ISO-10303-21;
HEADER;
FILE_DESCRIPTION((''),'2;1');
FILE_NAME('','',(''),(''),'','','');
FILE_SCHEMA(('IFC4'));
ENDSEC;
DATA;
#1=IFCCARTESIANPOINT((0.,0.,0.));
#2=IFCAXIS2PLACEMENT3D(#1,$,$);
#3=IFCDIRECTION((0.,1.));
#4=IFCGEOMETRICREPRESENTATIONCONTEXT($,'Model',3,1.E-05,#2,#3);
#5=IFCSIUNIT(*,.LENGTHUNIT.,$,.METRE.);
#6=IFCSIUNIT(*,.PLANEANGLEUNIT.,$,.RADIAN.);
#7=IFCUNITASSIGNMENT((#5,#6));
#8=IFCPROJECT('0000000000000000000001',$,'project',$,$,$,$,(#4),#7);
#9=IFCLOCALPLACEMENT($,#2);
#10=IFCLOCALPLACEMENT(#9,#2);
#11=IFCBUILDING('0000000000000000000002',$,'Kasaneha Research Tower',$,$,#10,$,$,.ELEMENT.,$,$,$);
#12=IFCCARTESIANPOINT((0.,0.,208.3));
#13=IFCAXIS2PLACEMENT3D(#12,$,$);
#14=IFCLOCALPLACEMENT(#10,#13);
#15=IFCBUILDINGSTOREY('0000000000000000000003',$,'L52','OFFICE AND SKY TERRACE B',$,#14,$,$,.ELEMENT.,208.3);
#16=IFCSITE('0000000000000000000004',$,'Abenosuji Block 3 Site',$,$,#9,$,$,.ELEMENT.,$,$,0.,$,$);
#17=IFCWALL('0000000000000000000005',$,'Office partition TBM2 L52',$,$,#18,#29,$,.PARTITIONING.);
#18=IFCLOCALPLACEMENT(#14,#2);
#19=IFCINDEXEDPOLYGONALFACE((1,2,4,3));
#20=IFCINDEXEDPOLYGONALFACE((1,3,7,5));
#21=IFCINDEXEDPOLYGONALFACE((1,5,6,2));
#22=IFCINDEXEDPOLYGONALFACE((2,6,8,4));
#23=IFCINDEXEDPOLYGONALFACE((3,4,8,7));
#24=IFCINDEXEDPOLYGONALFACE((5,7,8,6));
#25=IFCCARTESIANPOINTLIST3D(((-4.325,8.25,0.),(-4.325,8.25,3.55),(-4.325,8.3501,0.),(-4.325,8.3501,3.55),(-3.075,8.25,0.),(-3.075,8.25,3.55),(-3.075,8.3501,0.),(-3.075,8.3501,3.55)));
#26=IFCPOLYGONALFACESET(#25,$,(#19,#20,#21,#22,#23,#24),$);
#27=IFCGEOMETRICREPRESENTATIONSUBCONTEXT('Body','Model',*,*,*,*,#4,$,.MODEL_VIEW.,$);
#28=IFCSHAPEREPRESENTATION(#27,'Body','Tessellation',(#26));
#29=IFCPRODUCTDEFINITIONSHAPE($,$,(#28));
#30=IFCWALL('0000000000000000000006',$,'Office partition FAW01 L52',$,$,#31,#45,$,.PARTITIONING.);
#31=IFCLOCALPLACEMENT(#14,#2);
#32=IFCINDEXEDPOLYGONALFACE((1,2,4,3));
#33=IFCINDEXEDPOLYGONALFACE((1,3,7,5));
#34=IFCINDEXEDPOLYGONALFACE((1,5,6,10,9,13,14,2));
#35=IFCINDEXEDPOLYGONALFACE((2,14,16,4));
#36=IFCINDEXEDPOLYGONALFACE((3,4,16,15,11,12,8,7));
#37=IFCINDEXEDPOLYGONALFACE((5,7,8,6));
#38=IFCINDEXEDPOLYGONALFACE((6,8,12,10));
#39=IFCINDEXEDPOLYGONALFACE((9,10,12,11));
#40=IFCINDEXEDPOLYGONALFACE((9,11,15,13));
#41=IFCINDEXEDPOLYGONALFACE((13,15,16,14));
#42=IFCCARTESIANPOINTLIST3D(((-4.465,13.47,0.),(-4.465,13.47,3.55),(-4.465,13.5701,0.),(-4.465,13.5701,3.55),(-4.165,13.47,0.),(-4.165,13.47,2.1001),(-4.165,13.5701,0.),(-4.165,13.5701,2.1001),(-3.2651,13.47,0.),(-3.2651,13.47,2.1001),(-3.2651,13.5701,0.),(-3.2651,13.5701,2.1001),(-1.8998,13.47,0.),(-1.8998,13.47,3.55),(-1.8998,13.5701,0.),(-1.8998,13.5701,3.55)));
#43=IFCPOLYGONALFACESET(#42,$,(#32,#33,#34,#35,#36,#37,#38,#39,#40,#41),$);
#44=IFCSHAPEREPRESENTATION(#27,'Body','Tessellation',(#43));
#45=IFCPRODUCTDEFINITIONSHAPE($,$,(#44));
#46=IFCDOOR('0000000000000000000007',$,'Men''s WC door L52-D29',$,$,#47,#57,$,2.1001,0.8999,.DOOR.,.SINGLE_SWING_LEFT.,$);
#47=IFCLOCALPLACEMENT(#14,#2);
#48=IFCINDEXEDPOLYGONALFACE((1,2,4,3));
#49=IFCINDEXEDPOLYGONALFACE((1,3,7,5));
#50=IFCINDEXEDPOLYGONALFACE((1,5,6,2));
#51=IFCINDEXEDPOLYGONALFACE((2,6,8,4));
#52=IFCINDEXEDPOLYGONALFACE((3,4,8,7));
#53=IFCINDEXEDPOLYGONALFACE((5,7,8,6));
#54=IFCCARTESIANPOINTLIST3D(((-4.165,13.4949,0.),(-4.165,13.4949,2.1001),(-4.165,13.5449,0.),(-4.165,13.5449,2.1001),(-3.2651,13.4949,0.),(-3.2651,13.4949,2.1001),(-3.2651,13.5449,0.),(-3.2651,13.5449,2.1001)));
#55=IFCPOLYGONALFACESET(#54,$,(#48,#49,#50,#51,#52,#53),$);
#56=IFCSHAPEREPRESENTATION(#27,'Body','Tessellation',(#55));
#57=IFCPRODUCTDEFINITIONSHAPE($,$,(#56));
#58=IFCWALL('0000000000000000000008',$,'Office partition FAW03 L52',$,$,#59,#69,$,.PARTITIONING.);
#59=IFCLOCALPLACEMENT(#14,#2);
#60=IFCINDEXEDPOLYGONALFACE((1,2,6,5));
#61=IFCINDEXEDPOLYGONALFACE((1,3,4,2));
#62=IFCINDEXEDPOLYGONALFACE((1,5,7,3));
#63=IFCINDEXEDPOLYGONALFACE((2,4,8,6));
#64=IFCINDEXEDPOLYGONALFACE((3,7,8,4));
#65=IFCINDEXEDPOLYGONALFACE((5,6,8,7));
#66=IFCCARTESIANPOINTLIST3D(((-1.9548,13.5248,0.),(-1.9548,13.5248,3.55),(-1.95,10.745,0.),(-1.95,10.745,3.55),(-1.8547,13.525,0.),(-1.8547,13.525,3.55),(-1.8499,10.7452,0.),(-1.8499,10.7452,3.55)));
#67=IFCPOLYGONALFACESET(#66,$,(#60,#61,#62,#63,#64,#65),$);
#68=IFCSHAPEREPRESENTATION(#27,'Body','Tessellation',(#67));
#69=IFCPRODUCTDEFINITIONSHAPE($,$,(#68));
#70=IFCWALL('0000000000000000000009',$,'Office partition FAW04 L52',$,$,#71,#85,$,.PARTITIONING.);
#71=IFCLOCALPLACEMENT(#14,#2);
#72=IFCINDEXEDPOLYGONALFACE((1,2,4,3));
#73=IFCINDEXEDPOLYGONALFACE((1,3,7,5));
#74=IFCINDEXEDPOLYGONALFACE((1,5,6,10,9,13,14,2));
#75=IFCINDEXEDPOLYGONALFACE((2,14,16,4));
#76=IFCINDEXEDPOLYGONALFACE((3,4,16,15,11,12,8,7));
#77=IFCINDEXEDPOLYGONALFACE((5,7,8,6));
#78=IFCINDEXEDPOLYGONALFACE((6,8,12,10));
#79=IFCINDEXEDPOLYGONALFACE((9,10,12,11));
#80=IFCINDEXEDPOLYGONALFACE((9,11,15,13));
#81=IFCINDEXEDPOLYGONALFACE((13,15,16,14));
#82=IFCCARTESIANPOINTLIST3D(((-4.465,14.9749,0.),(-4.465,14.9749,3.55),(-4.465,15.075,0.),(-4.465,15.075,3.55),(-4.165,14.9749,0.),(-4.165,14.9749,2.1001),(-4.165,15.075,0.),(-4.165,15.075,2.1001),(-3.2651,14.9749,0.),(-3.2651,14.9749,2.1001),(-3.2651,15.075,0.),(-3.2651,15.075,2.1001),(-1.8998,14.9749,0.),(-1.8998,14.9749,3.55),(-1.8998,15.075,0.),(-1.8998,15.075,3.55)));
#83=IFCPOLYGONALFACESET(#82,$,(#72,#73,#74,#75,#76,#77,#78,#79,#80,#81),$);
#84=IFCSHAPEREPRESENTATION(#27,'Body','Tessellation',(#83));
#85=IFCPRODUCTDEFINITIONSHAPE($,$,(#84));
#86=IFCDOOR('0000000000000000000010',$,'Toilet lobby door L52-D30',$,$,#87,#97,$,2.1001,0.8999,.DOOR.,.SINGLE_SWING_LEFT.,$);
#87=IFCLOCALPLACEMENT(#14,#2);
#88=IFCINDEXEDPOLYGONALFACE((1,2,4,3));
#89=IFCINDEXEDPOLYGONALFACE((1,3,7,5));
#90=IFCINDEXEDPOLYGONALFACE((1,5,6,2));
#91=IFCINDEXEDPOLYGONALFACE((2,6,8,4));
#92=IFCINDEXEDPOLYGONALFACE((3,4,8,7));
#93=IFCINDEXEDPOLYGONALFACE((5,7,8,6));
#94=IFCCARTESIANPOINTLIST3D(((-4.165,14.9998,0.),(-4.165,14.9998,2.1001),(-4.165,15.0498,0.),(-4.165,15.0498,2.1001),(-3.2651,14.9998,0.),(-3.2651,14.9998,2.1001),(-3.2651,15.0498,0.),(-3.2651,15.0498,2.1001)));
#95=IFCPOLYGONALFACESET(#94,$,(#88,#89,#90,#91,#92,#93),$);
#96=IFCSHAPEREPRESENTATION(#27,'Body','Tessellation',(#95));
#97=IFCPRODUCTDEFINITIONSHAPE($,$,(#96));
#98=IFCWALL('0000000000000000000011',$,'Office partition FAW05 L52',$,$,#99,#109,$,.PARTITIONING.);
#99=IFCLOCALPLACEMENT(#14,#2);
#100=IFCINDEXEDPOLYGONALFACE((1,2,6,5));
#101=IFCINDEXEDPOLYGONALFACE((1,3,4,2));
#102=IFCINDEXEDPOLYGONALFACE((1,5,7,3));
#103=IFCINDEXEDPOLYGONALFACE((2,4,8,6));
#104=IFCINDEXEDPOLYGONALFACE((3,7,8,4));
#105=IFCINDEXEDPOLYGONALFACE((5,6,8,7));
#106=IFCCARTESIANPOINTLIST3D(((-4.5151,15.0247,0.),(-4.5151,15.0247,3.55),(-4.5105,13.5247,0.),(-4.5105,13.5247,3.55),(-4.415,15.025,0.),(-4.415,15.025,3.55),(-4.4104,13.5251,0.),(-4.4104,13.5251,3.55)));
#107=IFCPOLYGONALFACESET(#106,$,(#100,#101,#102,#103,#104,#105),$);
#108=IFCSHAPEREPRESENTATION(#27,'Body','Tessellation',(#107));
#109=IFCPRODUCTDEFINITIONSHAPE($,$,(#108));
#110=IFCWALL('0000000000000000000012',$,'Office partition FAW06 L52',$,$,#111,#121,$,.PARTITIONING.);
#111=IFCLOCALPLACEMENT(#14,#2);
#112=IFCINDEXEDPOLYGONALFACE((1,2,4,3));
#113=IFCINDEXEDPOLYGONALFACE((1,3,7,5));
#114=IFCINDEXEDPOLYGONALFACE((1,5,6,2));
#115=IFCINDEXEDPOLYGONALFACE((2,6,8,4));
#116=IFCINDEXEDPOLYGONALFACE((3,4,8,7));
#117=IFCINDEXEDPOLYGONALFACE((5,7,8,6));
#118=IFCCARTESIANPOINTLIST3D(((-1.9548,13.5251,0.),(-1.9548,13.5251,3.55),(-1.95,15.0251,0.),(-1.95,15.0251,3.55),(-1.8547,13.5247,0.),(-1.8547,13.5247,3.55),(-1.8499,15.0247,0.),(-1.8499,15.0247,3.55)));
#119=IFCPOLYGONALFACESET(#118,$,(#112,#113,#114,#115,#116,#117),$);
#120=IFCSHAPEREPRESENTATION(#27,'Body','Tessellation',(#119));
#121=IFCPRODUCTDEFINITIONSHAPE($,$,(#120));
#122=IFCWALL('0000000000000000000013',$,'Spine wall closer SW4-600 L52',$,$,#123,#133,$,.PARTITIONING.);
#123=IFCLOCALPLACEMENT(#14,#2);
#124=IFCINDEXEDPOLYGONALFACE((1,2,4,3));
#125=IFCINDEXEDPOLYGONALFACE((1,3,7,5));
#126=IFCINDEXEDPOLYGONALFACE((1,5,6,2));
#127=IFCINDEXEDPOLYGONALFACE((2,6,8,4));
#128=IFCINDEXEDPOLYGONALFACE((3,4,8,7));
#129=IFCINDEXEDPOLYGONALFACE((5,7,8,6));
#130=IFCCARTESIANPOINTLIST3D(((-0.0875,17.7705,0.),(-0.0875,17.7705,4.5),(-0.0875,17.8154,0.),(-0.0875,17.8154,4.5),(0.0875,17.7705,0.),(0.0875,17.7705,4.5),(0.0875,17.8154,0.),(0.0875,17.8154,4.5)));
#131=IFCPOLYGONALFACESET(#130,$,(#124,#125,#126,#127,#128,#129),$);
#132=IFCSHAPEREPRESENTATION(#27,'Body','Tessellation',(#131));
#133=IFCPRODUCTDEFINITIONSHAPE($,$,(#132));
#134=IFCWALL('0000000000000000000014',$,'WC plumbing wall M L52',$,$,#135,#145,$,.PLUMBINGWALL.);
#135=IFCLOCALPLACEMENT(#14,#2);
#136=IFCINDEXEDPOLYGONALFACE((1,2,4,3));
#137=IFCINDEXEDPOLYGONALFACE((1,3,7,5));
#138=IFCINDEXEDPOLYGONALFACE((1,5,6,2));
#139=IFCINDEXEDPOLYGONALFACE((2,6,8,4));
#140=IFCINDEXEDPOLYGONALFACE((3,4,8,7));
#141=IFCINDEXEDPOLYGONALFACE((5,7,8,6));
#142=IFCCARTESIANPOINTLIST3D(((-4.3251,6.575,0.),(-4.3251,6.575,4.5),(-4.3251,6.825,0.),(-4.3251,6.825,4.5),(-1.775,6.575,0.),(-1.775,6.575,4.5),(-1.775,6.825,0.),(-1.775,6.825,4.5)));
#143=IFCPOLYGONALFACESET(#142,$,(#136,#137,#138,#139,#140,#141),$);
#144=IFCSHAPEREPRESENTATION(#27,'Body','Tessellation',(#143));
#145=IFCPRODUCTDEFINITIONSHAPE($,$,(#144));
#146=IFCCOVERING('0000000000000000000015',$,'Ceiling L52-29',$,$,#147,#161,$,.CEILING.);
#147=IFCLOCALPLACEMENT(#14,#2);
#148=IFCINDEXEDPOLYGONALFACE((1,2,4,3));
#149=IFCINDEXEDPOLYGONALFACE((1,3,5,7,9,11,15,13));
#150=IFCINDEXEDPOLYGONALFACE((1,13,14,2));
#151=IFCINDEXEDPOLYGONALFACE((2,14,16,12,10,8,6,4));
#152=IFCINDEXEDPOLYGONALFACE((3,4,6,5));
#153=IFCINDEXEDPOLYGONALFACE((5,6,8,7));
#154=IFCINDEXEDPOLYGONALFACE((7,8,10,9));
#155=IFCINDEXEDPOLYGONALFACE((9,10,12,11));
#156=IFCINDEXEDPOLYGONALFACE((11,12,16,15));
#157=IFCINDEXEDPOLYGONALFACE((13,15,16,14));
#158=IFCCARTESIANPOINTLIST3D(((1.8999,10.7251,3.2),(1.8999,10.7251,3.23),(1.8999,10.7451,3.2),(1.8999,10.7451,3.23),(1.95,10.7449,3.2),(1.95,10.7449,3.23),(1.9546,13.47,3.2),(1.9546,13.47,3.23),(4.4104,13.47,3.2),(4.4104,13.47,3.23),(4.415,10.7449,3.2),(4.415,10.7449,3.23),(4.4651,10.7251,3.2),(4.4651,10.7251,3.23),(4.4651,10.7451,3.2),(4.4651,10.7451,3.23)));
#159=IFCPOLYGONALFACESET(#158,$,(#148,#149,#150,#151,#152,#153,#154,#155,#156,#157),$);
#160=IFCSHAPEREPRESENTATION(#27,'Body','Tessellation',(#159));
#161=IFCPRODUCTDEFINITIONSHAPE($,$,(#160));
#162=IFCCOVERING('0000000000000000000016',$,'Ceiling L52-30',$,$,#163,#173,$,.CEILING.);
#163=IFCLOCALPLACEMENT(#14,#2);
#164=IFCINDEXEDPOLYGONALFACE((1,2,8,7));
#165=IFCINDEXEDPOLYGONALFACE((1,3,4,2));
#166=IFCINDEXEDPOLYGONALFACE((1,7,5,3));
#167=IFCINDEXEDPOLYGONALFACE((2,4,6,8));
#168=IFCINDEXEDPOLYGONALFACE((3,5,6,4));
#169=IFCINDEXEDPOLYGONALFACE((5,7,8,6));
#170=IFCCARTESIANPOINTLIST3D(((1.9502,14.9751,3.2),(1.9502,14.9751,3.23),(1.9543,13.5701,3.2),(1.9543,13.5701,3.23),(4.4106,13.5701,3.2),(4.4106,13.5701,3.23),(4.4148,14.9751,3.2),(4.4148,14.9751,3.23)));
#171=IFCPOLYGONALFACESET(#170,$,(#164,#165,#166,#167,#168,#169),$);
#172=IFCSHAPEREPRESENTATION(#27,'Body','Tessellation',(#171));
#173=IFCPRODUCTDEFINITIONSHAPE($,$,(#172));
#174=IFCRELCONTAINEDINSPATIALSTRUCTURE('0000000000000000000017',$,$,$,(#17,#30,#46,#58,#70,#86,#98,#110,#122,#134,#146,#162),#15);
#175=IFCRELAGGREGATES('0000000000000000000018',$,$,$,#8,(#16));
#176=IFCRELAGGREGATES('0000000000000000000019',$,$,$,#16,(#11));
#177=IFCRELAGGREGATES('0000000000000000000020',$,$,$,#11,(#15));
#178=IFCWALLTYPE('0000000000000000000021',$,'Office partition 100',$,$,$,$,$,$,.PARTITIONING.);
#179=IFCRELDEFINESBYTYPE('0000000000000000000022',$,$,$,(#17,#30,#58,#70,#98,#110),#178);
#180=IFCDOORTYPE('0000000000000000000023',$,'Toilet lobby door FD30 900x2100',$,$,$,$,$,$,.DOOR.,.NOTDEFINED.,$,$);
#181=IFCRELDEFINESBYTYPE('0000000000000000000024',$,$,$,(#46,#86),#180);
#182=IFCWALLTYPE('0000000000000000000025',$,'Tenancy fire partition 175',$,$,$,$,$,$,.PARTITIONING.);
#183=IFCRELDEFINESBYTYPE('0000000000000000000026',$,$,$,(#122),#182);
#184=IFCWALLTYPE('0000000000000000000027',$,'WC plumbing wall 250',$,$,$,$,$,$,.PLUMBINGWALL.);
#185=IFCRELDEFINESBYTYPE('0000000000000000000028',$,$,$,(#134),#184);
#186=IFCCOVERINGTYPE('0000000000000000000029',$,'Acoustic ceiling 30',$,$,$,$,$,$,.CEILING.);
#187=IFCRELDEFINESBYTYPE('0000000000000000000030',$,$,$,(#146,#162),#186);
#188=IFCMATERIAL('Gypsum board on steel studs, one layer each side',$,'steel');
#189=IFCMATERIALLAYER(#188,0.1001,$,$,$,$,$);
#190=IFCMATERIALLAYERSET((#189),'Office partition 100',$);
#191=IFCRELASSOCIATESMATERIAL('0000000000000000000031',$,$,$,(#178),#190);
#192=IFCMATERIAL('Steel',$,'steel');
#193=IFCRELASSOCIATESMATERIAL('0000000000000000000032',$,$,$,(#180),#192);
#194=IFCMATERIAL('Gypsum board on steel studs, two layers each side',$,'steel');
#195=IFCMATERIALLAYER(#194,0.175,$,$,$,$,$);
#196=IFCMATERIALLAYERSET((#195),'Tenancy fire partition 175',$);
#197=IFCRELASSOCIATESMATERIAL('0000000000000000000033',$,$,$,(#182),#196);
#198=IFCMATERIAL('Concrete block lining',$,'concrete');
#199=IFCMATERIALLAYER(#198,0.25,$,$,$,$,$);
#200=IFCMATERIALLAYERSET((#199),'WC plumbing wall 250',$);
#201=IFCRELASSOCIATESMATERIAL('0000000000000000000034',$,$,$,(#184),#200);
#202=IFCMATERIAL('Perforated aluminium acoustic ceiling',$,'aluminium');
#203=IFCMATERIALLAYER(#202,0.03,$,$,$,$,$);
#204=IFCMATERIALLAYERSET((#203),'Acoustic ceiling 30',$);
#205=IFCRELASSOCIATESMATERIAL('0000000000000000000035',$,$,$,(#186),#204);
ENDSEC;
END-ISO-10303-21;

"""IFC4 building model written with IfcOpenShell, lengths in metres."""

from ifc_helpers import new_model, si_unit, direction, frame, frame_2d, origin, place, context, subcontext, project, spatial, polyline, rectangle, outline, extrude, material, layer, layer_set, type_object, element, fill, save


model = new_model("IFC4")

# Units and contexts
model_context = context("Model", 3, precision=1e-05, world=origin(), true_north=direction((0.0, 1.0)))
body_context = subcontext(model_context, "Body", "Model", "MODEL_VIEW")
ifc_project = project(units=[si_unit("LENGTHUNIT", "METRE"), si_unit("PLANEANGLEUNIT", "RADIAN")], contexts=[model_context])

# Site, building, storey
site_placement = place(None, origin())
site = spatial("IfcSite", under=ifc_project, at=site_placement, Name="Abenosuji Block 3 Site", CompositionType="ELEMENT", RefElevation=0.0)
building_placement = place(site_placement, origin())
building = spatial("IfcBuilding", under=site, at=building_placement, Name="Kasaneha Research Tower", CompositionType="ELEMENT")
storey_placement = place(building_placement, frame((0.0, 0.0, 208.3)))
storey = spatial("IfcBuildingStorey", under=building, at=storey_placement, Name="L52", Description="OFFICE AND SKY TERRACE B", CompositionType="ELEMENT", Elevation=208.3)

# Shared definitions
ifc_material_1 = material(Name="Gypsum board on steel studs, one layer each side", Category="steel")
ifc_layer_1 = layer(ifc_material_1, 0.1001)
ifc_layer_set_1 = layer_set([ifc_layer_1], Name="Office partition 100")
wall_type_1 = type_object("IfcWallType", Name="Office partition 100", PredefinedType="PARTITIONING", material=ifc_layer_set_1)
ifc_material_2 = material(Name="Steel", Category="steel")
door_type_1 = type_object("IfcDoorType", Name="Toilet lobby door FD30 900x2100", OperationType="NOTDEFINED", PredefinedType="DOOR", material=ifc_material_2)

# Wall
wall_1_placement = place(storey_placement, frame((-3.075, 8.3, 0.0), z_axis=(0.0, 0.0, 1.0), x_axis=(-1.0, 0.0, 0.0)))
element("IfcWall", 1, at=wall_1_placement, inside=storey, type_object=wall_type_1, Name="Office partition TBM2 L52", PredefinedType="PARTITIONING", context=body_context, shape_type="SweptSolid", body=[
    extrude(rectangle(XDim=1.25, YDim=0.1001, at=frame_2d((0.625, 0.0))), origin(), (0.0, 0.0, 1.0), 3.55),
])

# Wall, opening, door
wall_2_placement = place(storey_placement, frame((-4.4651, 13.52, 0.0), z_axis=(0.0, 0.0, 1.0), x_axis=(1.0, 0.0, 0.0)))
wall_2 = element("IfcWall", 2, at=wall_2_placement, inside=storey, type_object=wall_type_1, Name="Office partition FAW01 L52", PredefinedType="PARTITIONING", context=body_context, shape_type="SweptSolid", body=[
    extrude(rectangle(XDim=2.5652, YDim=0.1001, at=frame_2d((1.2827, 0.0))), origin(), (0.0, 0.0, 1.0), 3.55),
])
opening_1_placement = place(wall_2_placement, frame((0.3, 0.0, 0.0)))
opening_1 = element("IfcOpeningElement", 3, at=opening_1_placement, cuts=wall_2, PredefinedType="OPENING", context=body_context, shape_type="SweptSolid", body=[
    extrude(rectangle(XDim=0.8999, YDim=2.1001, at=frame_2d((0.45, 1.05))), frame((0.0, 0.0601, 0.0), z_axis=(0.0, -1.0, 0.0), x_axis=(1.0, 0.0, 0.0)), (0.0, 0.0, 1.0), 0.1201),
])
door_1_placement = place(opening_1_placement, origin())
door_1 = element("IfcDoor", 4, at=door_1_placement, inside=storey, type_object=door_type_1, Name="Men's WC door L52-D29", OperationType="SINGLE_SWING_LEFT", OverallHeight=2.1001, OverallWidth=0.8999, PredefinedType="DOOR", context=body_context, shape_type="SweptSolid", body=[
    extrude(rectangle(XDim=0.8999, YDim=2.1001, at=frame_2d((0.45, 1.05))), frame((0.0, 0.0249, 0.0), z_axis=(0.0, -1.0, 0.0), x_axis=(1.0, 0.0, 0.0)), (0.0, 0.0, 1.0), 0.05),
])
fill(opening_1, door_1)

# Wall
wall_3_placement = place(storey_placement, frame((-1.9048, 13.5249, 0.0), z_axis=(0.0, 0.0, 1.0), x_axis=(0.001757, -0.999998, 0.0)))
element("IfcWall", 5, at=wall_3_placement, inside=storey, type_object=wall_type_1, Name="Office partition FAW03 L52", PredefinedType="PARTITIONING", context=body_context, shape_type="SweptSolid", body=[
    extrude(rectangle(XDim=2.7798, YDim=0.1001, at=frame_2d((1.3899, 0.0))), origin(), (0.0, 0.0, 1.0), 3.55),
])

# Wall, opening, door
wall_4_placement = place(storey_placement, frame((-4.4651, 15.0249, 0.0), z_axis=(0.0, 0.0, 1.0), x_axis=(1.0, 0.0, 0.0)))
wall_4 = element("IfcWall", 6, at=wall_4_placement, inside=storey, type_object=wall_type_1, Name="Office partition FAW04 L52", PredefinedType="PARTITIONING", context=body_context, shape_type="SweptSolid", body=[
    extrude(rectangle(XDim=2.5652, YDim=0.1001, at=frame_2d((1.2827, 0.0))), origin(), (0.0, 0.0, 1.0), 3.55),
])
opening_2_placement = place(wall_4_placement, frame((0.3, 0.0, 0.0)))
opening_2 = element("IfcOpeningElement", 7, at=opening_2_placement, cuts=wall_4, PredefinedType="OPENING", context=body_context, shape_type="SweptSolid", body=[
    extrude(rectangle(XDim=0.8999, YDim=2.1001, at=frame_2d((0.45, 1.05))), frame((0.0, 0.0601, 0.0), z_axis=(0.0, -1.0, 0.0), x_axis=(1.0, 0.0, 0.0)), (0.0, 0.0, 1.0), 0.1201),
])
door_2_placement = place(opening_2_placement, origin())
door_2 = element("IfcDoor", 8, at=door_2_placement, inside=storey, type_object=door_type_1, Name="Toilet lobby door L52-D30", OperationType="SINGLE_SWING_LEFT", OverallHeight=2.1001, OverallWidth=0.8999, PredefinedType="DOOR", context=body_context, shape_type="SweptSolid", body=[
    extrude(rectangle(XDim=0.8999, YDim=2.1001, at=frame_2d((0.45, 1.05))), frame((0.0, 0.0249, 0.0), z_axis=(0.0, -1.0, 0.0), x_axis=(1.0, 0.0, 0.0)), (0.0, 0.0, 1.0), 0.05),
])
fill(opening_2, door_2)

# Walls
for number, where, z_axis, x_axis, name in (
    (9, (-4.4604, 13.5249, 0.0), (0.0, 0.0, 1.0), (-0.003092, 0.999995, 0.0), "Office partition FAW05 L52"),
    (10, (-1.8999, 15.0249, 0.0), (0.0, 0.0, 1.0), (-0.003255, -0.999995, 0.0), "Office partition FAW06 L52"),
):
    element("IfcWall", number, at=place(storey_placement, frame(where, z_axis=z_axis, x_axis=x_axis)), inside=storey, type_object=wall_type_1, Name=name, PredefinedType="PARTITIONING", context=body_context, shape_type="SweptSolid", body=[
        extrude(rectangle(XDim=1.5, YDim=0.1001, at=frame_2d((0.75, 0.0))), origin(), (0.0, 0.0, 1.0), 3.55),
    ])
ifc_material_3 = material(Name="Gypsum board on steel studs, two layers each side", Category="steel")
ifc_layer_2 = layer(ifc_material_3, 0.175)
ifc_layer_set_2 = layer_set([ifc_layer_2], Name="Tenancy fire partition 175")
wall_type_2 = type_object("IfcWallType", Name="Tenancy fire partition 175", PredefinedType="PARTITIONING", material=ifc_layer_set_2)
wall_5_placement = place(storey_placement, frame((0.0, 17.7705, 0.0), z_axis=(0.0, 0.0, 1.0), x_axis=(0.0, 1.0, 0.0)))
element("IfcWall", 11, at=wall_5_placement, inside=storey, type_object=wall_type_2, Name="Spine wall closer SW4-600 L52", PredefinedType="PARTITIONING", context=body_context, shape_type="SweptSolid", body=[
    extrude(rectangle(XDim=0.0449, YDim=0.175, at=frame_2d((0.0225, 0.0))), origin(), (0.0, 0.0, 1.0), 4.5),
])
ifc_material_4 = material(Name="Concrete block lining", Category="concrete")
ifc_layer_3 = layer(ifc_material_4, 0.25)
ifc_layer_set_3 = layer_set([ifc_layer_3], Name="WC plumbing wall 250")
wall_type_3 = type_object("IfcWallType", Name="WC plumbing wall 250", PredefinedType="PLUMBINGWALL", material=ifc_layer_set_3)
wall_6_placement = place(storey_placement, frame((-4.325, 6.7, 0.0), z_axis=(0.0, 0.0, 1.0), x_axis=(1.0, 0.0, 0.0)))
element("IfcWall", 12, at=wall_6_placement, inside=storey, type_object=wall_type_3, Name="WC plumbing wall M L52", PredefinedType="PLUMBINGWALL", context=body_context, shape_type="SweptSolid", body=[
    extrude(rectangle(XDim=2.55, YDim=0.25, at=frame_2d((1.2749, 0.0))), origin(), (0.0, 0.0, 1.0), 4.5),
])

# Coverings
ifc_material_5 = material(Name="Perforated aluminium acoustic ceiling", Category="aluminium")
ifc_layer_4 = layer(ifc_material_5, 0.03)
ifc_layer_set_4 = layer_set([ifc_layer_4], Name="Acoustic ceiling 30")
covering_type_1 = type_object("IfcCoveringType", Name="Acoustic ceiling 30", PredefinedType="CEILING", material=ifc_layer_set_4)
covering_1_placement = place(storey_placement, frame((0.0, 0.0, 3.2)))
element("IfcCovering", 13, at=covering_1_placement, inside=storey, type_object=covering_type_1, Name="Ceiling L52-29", PredefinedType="CEILING", context=body_context, shape_type="SweptSolid", body=[
    extrude(outline(polyline([(1.8999, 10.7251), (1.8999, 10.7451), (1.95, 10.7449), (1.9546, 13.47), (4.4104, 13.47), (4.415, 10.7449), (4.4651, 10.7451), (4.4651, 10.7251), (1.8999, 10.7251)])), origin(), (0.0, 0.0, 1.0), 0.03),
])
covering_2_placement = place(storey_placement, frame((0.0, 0.0, 3.2)))
element("IfcCovering", 14, at=covering_2_placement, inside=storey, type_object=covering_type_1, Name="Ceiling L52-30", PredefinedType="CEILING", context=body_context, shape_type="SweptSolid", body=[
    extrude(outline(polyline([(1.9543, 13.5701), (1.9502, 14.9751), (4.4148, 14.9751), (4.4106, 13.5701), (1.9543, 13.5701)])), origin(), (0.0, 0.0, 1.0), 0.03),
])

save(model, "model.ifc")
